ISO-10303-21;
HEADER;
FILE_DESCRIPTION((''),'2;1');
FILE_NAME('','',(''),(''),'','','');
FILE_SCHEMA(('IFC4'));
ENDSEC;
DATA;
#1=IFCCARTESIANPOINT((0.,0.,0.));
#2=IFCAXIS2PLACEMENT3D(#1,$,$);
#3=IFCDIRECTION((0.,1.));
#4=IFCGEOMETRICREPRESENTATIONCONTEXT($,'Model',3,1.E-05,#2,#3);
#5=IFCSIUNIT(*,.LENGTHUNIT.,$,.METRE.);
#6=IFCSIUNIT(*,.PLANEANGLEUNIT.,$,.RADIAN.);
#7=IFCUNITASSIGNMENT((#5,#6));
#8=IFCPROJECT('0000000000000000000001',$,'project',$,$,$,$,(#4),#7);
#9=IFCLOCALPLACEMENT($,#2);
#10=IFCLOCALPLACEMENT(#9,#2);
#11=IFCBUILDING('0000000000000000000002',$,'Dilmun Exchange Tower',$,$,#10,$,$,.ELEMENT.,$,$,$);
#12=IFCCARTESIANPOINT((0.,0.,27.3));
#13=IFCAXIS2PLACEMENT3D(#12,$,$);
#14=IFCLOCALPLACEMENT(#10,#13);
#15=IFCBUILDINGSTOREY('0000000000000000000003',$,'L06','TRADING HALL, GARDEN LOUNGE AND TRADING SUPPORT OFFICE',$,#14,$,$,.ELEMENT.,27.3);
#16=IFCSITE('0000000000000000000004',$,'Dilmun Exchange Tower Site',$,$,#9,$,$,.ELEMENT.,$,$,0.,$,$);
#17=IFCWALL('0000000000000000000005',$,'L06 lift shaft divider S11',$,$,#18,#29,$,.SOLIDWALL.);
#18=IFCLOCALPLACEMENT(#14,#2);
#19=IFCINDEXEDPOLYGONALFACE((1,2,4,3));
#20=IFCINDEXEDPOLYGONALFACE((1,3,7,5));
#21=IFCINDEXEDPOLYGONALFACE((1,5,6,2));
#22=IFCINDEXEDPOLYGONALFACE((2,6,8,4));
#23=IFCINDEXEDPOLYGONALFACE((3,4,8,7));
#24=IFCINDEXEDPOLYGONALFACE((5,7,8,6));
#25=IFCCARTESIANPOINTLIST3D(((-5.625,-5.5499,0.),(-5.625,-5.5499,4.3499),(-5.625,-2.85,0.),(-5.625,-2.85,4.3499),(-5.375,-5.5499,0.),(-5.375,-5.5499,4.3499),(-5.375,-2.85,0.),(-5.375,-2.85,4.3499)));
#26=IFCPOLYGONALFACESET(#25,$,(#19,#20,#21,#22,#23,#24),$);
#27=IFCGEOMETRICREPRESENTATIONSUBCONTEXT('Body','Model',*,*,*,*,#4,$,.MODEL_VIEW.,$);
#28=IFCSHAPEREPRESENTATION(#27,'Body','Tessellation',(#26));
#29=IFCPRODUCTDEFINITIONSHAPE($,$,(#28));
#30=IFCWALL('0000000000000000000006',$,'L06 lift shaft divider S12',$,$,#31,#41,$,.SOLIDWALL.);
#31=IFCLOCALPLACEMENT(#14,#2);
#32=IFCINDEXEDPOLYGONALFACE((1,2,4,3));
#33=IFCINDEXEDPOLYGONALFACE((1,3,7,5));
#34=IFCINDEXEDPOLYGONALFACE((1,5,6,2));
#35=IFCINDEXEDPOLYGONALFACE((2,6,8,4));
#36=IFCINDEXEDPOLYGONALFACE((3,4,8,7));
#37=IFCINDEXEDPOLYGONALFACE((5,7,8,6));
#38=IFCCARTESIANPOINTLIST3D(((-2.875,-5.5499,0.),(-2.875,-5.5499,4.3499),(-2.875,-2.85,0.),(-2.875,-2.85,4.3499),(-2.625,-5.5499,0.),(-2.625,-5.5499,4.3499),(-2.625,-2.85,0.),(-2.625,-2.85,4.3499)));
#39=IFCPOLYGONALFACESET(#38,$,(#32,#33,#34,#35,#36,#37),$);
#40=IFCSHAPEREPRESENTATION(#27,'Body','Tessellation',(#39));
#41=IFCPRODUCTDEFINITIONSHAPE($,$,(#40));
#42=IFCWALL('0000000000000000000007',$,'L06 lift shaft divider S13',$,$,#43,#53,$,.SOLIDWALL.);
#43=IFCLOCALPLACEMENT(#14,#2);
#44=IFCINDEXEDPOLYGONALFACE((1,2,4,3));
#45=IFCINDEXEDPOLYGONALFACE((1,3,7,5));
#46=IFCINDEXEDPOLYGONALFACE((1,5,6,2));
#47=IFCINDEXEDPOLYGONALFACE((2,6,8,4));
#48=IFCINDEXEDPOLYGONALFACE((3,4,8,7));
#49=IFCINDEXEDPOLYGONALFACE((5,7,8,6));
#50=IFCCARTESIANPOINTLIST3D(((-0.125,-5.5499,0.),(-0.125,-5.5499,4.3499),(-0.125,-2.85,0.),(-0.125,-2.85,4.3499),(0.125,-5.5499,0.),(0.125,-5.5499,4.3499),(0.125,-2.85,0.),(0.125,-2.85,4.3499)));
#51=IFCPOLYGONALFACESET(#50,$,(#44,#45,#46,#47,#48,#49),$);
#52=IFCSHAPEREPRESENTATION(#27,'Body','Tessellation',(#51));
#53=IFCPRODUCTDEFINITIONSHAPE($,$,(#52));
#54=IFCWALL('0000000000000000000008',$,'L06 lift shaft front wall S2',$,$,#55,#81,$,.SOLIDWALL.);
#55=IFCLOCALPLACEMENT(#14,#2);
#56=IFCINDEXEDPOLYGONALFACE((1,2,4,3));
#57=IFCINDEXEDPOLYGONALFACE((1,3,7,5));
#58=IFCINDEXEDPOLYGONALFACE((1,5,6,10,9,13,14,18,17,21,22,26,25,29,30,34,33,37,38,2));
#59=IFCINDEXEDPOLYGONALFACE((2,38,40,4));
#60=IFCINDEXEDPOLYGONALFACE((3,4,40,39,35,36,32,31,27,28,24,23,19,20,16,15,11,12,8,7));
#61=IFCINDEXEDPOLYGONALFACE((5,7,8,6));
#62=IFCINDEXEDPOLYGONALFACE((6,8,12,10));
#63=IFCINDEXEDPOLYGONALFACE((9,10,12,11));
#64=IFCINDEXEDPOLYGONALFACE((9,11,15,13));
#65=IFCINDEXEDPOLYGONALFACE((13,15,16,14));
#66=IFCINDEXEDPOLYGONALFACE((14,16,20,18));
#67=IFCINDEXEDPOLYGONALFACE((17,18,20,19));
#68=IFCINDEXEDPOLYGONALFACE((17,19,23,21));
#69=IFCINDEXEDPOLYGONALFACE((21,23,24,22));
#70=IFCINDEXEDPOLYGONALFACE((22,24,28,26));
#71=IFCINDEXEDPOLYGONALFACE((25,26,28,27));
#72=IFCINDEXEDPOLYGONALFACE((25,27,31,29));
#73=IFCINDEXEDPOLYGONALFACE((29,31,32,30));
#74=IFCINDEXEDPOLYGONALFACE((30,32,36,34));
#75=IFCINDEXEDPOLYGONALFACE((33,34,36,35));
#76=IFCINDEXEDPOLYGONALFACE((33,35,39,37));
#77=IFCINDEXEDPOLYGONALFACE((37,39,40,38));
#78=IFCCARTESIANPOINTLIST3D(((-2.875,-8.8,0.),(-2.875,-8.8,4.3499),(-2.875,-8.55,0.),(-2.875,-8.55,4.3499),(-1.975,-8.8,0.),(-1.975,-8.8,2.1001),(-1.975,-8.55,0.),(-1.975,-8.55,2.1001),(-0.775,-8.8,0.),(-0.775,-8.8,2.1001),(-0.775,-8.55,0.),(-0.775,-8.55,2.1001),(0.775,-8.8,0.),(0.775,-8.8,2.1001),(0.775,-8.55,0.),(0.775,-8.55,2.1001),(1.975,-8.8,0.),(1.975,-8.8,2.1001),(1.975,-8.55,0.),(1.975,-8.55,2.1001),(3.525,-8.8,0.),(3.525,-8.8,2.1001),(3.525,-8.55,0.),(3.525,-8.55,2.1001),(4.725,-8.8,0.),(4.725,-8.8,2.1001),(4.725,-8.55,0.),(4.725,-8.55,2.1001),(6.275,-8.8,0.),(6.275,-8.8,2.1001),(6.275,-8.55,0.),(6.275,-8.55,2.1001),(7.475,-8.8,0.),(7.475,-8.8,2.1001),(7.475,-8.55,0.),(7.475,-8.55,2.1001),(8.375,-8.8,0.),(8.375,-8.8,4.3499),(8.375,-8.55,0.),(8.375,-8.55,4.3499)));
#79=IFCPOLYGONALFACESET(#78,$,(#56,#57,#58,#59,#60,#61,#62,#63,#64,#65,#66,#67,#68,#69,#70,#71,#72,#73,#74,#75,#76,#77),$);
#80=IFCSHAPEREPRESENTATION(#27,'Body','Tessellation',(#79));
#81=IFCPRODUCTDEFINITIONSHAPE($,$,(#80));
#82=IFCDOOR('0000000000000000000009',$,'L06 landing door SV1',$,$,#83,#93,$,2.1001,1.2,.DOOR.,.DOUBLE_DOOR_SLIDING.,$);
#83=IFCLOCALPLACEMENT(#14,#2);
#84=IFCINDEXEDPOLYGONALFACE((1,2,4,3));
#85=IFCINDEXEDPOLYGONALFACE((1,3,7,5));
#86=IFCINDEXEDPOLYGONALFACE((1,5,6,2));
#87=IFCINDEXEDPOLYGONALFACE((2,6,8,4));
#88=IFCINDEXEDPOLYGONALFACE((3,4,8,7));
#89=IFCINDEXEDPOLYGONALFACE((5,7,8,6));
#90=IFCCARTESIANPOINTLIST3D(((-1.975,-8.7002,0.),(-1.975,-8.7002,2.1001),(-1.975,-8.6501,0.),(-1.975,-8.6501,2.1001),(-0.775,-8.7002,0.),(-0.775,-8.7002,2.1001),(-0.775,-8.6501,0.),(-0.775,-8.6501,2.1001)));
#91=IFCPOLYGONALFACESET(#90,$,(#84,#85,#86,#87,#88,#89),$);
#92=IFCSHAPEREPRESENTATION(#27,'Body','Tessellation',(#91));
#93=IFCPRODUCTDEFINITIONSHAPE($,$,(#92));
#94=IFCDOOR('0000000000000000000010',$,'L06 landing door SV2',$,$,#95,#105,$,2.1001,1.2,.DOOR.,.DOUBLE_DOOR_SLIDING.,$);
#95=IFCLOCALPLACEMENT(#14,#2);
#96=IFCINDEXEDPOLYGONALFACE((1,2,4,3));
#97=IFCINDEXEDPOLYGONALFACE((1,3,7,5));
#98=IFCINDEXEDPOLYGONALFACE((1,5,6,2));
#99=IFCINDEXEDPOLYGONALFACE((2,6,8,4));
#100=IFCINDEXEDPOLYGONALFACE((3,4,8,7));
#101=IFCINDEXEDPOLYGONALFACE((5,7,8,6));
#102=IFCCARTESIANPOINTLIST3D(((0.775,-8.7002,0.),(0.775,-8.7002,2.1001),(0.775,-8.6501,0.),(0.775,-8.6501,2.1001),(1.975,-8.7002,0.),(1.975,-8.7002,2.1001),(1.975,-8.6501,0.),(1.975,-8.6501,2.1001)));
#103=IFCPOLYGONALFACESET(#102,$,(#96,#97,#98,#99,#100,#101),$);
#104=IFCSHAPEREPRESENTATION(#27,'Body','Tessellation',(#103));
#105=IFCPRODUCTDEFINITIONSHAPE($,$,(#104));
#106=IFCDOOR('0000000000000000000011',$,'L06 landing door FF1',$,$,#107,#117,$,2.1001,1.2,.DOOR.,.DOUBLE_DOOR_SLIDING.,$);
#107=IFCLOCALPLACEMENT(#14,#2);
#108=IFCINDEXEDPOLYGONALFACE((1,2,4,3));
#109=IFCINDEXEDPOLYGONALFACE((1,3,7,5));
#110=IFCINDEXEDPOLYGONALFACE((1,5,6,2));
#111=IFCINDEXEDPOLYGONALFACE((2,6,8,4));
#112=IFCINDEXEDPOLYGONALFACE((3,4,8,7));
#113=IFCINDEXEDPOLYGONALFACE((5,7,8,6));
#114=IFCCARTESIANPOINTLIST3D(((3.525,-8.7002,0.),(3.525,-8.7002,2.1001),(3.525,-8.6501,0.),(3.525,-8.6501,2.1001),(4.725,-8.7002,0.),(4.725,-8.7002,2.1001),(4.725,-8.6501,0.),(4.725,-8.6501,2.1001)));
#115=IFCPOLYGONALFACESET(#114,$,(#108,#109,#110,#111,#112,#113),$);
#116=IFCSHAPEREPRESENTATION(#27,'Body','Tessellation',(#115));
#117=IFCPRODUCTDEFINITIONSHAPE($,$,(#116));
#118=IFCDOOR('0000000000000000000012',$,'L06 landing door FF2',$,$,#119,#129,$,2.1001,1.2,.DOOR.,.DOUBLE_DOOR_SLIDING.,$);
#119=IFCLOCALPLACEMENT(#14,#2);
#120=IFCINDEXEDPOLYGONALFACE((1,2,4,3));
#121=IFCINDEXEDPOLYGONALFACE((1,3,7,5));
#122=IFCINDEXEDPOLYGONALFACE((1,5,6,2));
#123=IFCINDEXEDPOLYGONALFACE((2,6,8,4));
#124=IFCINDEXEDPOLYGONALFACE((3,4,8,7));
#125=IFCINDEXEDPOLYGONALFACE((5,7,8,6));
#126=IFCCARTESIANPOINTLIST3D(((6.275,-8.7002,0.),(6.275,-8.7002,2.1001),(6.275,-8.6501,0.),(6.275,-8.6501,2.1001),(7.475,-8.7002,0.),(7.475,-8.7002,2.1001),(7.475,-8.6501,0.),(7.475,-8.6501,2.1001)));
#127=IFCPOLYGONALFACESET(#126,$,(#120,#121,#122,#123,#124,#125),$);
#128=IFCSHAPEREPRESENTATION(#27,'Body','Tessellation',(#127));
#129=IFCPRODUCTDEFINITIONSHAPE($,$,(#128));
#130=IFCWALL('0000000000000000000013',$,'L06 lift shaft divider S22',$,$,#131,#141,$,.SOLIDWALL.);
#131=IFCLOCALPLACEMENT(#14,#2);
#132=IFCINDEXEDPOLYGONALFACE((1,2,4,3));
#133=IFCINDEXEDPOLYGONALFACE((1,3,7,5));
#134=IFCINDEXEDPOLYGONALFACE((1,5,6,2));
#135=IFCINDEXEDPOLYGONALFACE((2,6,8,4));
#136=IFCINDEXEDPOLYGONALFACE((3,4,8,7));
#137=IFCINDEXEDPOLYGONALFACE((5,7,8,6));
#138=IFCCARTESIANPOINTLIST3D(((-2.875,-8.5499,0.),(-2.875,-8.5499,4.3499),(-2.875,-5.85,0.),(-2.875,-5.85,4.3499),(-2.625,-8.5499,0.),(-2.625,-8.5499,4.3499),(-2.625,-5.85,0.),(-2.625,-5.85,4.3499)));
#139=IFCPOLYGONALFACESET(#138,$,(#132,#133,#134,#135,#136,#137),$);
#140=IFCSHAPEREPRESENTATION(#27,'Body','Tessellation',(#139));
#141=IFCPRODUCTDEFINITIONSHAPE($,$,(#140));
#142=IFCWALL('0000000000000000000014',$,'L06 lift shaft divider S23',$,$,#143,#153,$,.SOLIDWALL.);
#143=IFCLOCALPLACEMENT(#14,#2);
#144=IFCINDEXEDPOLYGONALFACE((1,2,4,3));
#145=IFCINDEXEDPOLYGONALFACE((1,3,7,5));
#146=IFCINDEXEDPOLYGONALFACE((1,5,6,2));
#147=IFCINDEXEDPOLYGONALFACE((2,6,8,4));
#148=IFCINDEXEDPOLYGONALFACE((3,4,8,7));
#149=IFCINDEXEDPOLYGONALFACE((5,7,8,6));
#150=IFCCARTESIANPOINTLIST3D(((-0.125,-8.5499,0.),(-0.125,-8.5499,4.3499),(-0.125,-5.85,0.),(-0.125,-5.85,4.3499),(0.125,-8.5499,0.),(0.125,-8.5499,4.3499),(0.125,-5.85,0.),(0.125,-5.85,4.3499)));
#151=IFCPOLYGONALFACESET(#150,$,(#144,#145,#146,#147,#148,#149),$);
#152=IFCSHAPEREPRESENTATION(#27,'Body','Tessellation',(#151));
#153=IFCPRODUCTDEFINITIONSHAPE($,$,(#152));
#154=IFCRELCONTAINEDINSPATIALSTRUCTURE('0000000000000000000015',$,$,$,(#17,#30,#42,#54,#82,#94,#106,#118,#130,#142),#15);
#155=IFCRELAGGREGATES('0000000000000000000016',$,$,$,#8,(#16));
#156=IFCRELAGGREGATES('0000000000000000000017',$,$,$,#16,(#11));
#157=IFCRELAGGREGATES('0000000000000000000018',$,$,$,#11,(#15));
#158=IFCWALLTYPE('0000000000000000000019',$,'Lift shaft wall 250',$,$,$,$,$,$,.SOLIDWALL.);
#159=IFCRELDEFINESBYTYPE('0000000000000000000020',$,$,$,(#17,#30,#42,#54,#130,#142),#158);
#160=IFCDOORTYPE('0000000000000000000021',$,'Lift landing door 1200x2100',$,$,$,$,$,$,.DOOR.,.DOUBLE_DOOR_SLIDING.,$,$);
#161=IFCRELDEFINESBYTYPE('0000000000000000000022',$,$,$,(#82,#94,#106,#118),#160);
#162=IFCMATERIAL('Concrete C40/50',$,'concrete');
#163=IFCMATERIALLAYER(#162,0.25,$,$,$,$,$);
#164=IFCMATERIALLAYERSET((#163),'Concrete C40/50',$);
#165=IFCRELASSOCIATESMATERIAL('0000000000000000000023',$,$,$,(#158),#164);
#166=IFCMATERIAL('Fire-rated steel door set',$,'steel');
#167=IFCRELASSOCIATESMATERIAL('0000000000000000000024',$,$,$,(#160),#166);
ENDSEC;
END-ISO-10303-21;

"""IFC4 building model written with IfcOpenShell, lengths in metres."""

from ifc_helpers import new_model, si_unit, direction, frame, frame_2d, origin, place, context, subcontext, project, spatial, rectangle, extrude, material, layer, layer_set, type_object, element, fill, save


model = new_model("IFC4")

# Units and contexts
model_context = context("Model", 3, precision=1e-05, world=origin(), true_north=direction((0.0, 1.0)))
body_context = subcontext(model_context, "Body", "Model", "MODEL_VIEW")
ifc_project = project(units=[si_unit("LENGTHUNIT", "METRE"), si_unit("PLANEANGLEUNIT", "RADIAN")], contexts=[model_context])

# Site, building, storey
site_placement = place(None, origin())
site = spatial("IfcSite", under=ifc_project, at=site_placement, Name="Dilmun Exchange Tower Site", CompositionType="ELEMENT", RefElevation=0.0)
building_placement = place(site_placement, origin())
building = spatial("IfcBuilding", under=site, at=building_placement, Name="Dilmun Exchange Tower", CompositionType="ELEMENT")
storey_placement = place(building_placement, frame((0.0, 0.0, 27.3)))
storey = spatial("IfcBuildingStorey", under=building, at=storey_placement, Name="L06", Description="TRADING HALL, GARDEN LOUNGE AND TRADING SUPPORT OFFICE", CompositionType="ELEMENT", Elevation=27.3)

# Shared definitions
ifc_material_1 = material(Name="Concrete C40/50", Category="concrete")

# Shared definitions
ifc_material_2 = material(Name="Fire-rated steel door set", Category="steel")

# Walls
ifc_layer_1 = layer(ifc_material_1, 0.25)
ifc_layer_set_1 = layer_set([ifc_layer_1], Name="Concrete C40/50")
wall_type_1 = type_object("IfcWallType", Name="Lift shaft wall 250", PredefinedType="SOLIDWALL", material=ifc_layer_set_1)
for number, where, z_axis, x_axis, name in (
    (1, (-5.5, -5.55, 0.0), (0.0, 0.0, 1.0), (0.0, 1.0, 0.0), "L06 lift shaft divider S11"),
    (2, (-2.75, -5.55, 0.0), (0.0, 0.0, 1.0), (0.0, 1.0, 0.0), "L06 lift shaft divider S12"),
    (3, (0.0, -5.55, 0.0), (0.0, 0.0, 1.0), (0.0, 1.0, 0.0), "L06 lift shaft divider S13"),
):
    element("IfcWall", number, at=place(storey_placement, frame(where, z_axis=z_axis, x_axis=x_axis)), inside=storey, type_object=wall_type_1, Name=name, PredefinedType="SOLIDWALL", context=body_context, shape_type="SweptSolid", body=[
        extrude(rectangle(XDim=2.7, YDim=0.25, at=frame_2d((1.3501, 0.0))), origin(), (0.0, 0.0, 1.0), 4.3499),
    ])

# Wall, openings, doors
wall_1_placement = place(storey_placement, frame((-2.875, -8.675, 0.0), z_axis=(0.0, 0.0, 1.0), x_axis=(1.0, 0.0, 0.0)))
wall_1 = element("IfcWall", 4, at=wall_1_placement, inside=storey, type_object=wall_type_1, Name="L06 lift shaft front wall S2", PredefinedType="SOLIDWALL", context=body_context, shape_type="SweptSolid", body=[
    extrude(rectangle(XDim=11.25, YDim=0.25, at=frame_2d((5.625, 0.0))), origin(), (0.0, 0.0, 1.0), 4.3499),
])
opening_1_placement = place(wall_1_placement, frame((0.8999, 0.0, 0.0)))
opening_1 = element("IfcOpeningElement", 5, at=opening_1_placement, cuts=wall_1, PredefinedType="OPENING", context=body_context, shape_type="SweptSolid", body=[
    extrude(rectangle(XDim=1.2, YDim=2.1001, at=frame_2d((0.6001, 1.05))), frame((0.0, 0.135, 0.0), z_axis=(0.0, -1.0, 0.0), x_axis=(1.0, 0.0, 0.0)), (0.0, 0.0, 1.0), 0.27),
])
opening_2_placement = place(wall_1_placement, frame((3.6499, 0.0, 0.0)))
opening_2 = element("IfcOpeningElement", 6, at=opening_2_placement, cuts=wall_1, PredefinedType="OPENING", context=body_context, shape_type="SweptSolid", body=[
    extrude(rectangle(XDim=1.2, YDim=2.1001, at=frame_2d((0.6001, 1.05))), frame((0.0, 0.135, 0.0), z_axis=(0.0, -1.0, 0.0), x_axis=(1.0, 0.0, 0.0)), (0.0, 0.0, 1.0), 0.27),
])
opening_3_placement = place(wall_1_placement, frame((6.3999, 0.0, 0.0)))
opening_3 = element("IfcOpeningElement", 7, at=opening_3_placement, cuts=wall_1, PredefinedType="OPENING", context=body_context, shape_type="SweptSolid", body=[
    extrude(rectangle(XDim=1.2, YDim=2.1001, at=frame_2d((0.6001, 1.05))), frame((0.0, 0.135, 0.0), z_axis=(0.0, -1.0, 0.0), x_axis=(1.0, 0.0, 0.0)), (0.0, 0.0, 1.0), 0.27),
])
opening_4_placement = place(wall_1_placement, frame((9.1499, 0.0, 0.0)))
opening_4 = element("IfcOpeningElement", 8, at=opening_4_placement, cuts=wall_1, PredefinedType="OPENING", context=body_context, shape_type="SweptSolid", body=[
    extrude(rectangle(XDim=1.2, YDim=2.1001, at=frame_2d((0.6001, 1.05))), frame((0.0, 0.135, 0.0), z_axis=(0.0, -1.0, 0.0), x_axis=(1.0, 0.0, 0.0)), (0.0, 0.0, 1.0), 0.27),
])
door_type_1 = type_object("IfcDoorType", Name="Lift landing door 1200x2100", OperationType="DOUBLE_DOOR_SLIDING", PredefinedType="DOOR", material=ifc_material_2)
door_1_placement = place(opening_1_placement, origin())
door_1 = element("IfcDoor", 9, at=door_1_placement, inside=storey, type_object=door_type_1, Name="L06 landing door SV1", OperationType="DOUBLE_DOOR_SLIDING", OverallHeight=2.1001, OverallWidth=1.2, PredefinedType="DOOR", context=body_context, shape_type="SweptSolid", body=[
    extrude(rectangle(XDim=1.2, YDim=2.1001, at=frame_2d((0.6001, 1.05))), frame((0.0, 0.0249, 0.0), z_axis=(0.0, -1.0, 0.0), x_axis=(1.0, 0.0, 0.0)), (0.0, 0.0, 1.0), 0.05),
])
fill(opening_1, door_1)
door_2_placement = place(opening_2_placement, origin())
door_2 = element("IfcDoor", 10, at=door_2_placement, inside=storey, type_object=door_type_1, Name="L06 landing door SV2", OperationType="DOUBLE_DOOR_SLIDING", OverallHeight=2.1001, OverallWidth=1.2, PredefinedType="DOOR", context=body_context, shape_type="SweptSolid", body=[
    extrude(rectangle(XDim=1.2, YDim=2.1001, at=frame_2d((0.6001, 1.05))), frame((0.0, 0.0249, 0.0), z_axis=(0.0, -1.0, 0.0), x_axis=(1.0, 0.0, 0.0)), (0.0, 0.0, 1.0), 0.05),
])
fill(opening_2, door_2)
door_3_placement = place(opening_3_placement, origin())
door_3 = element("IfcDoor", 11, at=door_3_placement, inside=storey, type_object=door_type_1, Name="L06 landing door FF1", OperationType="DOUBLE_DOOR_SLIDING", OverallHeight=2.1001, OverallWidth=1.2, PredefinedType="DOOR", context=body_context, shape_type="SweptSolid", body=[
    extrude(rectangle(XDim=1.2, YDim=2.1001, at=frame_2d((0.6001, 1.05))), frame((0.0, 0.0249, 0.0), z_axis=(0.0, -1.0, 0.0), x_axis=(1.0, 0.0, 0.0)), (0.0, 0.0, 1.0), 0.05),
])
fill(opening_3, door_3)
door_4_placement = place(opening_4_placement, origin())
door_4 = element("IfcDoor", 12, at=door_4_placement, inside=storey, type_object=door_type_1, Name="L06 landing door FF2", OperationType="DOUBLE_DOOR_SLIDING", OverallHeight=2.1001, OverallWidth=1.2, PredefinedType="DOOR", context=body_context, shape_type="SweptSolid", body=[
    extrude(rectangle(XDim=1.2, YDim=2.1001, at=frame_2d((0.6001, 1.05))), frame((0.0, 0.0249, 0.0), z_axis=(0.0, -1.0, 0.0), x_axis=(1.0, 0.0, 0.0)), (0.0, 0.0, 1.0), 0.05),
])
fill(opening_4, door_4)

# Walls
for number, where, z_axis, x_axis, name in (
    (13, (-2.75, -8.55, 0.0), (0.0, 0.0, 1.0), (0.0, 1.0, 0.0), "L06 lift shaft divider S22"),
    (14, (0.0, -8.55, 0.0), (0.0, 0.0, 1.0), (0.0, 1.0, 0.0), "L06 lift shaft divider S23"),
):
    element("IfcWall", number, at=place(storey_placement, frame(where, z_axis=z_axis, x_axis=x_axis)), inside=storey, type_object=wall_type_1, Name=name, PredefinedType="SOLIDWALL", context=body_context, shape_type="SweptSolid", body=[
        extrude(rectangle(XDim=2.7, YDim=0.25, at=frame_2d((1.3501, 0.0))), origin(), (0.0, 0.0, 1.0), 4.3499),
    ])

save(model, "model.ifc")
